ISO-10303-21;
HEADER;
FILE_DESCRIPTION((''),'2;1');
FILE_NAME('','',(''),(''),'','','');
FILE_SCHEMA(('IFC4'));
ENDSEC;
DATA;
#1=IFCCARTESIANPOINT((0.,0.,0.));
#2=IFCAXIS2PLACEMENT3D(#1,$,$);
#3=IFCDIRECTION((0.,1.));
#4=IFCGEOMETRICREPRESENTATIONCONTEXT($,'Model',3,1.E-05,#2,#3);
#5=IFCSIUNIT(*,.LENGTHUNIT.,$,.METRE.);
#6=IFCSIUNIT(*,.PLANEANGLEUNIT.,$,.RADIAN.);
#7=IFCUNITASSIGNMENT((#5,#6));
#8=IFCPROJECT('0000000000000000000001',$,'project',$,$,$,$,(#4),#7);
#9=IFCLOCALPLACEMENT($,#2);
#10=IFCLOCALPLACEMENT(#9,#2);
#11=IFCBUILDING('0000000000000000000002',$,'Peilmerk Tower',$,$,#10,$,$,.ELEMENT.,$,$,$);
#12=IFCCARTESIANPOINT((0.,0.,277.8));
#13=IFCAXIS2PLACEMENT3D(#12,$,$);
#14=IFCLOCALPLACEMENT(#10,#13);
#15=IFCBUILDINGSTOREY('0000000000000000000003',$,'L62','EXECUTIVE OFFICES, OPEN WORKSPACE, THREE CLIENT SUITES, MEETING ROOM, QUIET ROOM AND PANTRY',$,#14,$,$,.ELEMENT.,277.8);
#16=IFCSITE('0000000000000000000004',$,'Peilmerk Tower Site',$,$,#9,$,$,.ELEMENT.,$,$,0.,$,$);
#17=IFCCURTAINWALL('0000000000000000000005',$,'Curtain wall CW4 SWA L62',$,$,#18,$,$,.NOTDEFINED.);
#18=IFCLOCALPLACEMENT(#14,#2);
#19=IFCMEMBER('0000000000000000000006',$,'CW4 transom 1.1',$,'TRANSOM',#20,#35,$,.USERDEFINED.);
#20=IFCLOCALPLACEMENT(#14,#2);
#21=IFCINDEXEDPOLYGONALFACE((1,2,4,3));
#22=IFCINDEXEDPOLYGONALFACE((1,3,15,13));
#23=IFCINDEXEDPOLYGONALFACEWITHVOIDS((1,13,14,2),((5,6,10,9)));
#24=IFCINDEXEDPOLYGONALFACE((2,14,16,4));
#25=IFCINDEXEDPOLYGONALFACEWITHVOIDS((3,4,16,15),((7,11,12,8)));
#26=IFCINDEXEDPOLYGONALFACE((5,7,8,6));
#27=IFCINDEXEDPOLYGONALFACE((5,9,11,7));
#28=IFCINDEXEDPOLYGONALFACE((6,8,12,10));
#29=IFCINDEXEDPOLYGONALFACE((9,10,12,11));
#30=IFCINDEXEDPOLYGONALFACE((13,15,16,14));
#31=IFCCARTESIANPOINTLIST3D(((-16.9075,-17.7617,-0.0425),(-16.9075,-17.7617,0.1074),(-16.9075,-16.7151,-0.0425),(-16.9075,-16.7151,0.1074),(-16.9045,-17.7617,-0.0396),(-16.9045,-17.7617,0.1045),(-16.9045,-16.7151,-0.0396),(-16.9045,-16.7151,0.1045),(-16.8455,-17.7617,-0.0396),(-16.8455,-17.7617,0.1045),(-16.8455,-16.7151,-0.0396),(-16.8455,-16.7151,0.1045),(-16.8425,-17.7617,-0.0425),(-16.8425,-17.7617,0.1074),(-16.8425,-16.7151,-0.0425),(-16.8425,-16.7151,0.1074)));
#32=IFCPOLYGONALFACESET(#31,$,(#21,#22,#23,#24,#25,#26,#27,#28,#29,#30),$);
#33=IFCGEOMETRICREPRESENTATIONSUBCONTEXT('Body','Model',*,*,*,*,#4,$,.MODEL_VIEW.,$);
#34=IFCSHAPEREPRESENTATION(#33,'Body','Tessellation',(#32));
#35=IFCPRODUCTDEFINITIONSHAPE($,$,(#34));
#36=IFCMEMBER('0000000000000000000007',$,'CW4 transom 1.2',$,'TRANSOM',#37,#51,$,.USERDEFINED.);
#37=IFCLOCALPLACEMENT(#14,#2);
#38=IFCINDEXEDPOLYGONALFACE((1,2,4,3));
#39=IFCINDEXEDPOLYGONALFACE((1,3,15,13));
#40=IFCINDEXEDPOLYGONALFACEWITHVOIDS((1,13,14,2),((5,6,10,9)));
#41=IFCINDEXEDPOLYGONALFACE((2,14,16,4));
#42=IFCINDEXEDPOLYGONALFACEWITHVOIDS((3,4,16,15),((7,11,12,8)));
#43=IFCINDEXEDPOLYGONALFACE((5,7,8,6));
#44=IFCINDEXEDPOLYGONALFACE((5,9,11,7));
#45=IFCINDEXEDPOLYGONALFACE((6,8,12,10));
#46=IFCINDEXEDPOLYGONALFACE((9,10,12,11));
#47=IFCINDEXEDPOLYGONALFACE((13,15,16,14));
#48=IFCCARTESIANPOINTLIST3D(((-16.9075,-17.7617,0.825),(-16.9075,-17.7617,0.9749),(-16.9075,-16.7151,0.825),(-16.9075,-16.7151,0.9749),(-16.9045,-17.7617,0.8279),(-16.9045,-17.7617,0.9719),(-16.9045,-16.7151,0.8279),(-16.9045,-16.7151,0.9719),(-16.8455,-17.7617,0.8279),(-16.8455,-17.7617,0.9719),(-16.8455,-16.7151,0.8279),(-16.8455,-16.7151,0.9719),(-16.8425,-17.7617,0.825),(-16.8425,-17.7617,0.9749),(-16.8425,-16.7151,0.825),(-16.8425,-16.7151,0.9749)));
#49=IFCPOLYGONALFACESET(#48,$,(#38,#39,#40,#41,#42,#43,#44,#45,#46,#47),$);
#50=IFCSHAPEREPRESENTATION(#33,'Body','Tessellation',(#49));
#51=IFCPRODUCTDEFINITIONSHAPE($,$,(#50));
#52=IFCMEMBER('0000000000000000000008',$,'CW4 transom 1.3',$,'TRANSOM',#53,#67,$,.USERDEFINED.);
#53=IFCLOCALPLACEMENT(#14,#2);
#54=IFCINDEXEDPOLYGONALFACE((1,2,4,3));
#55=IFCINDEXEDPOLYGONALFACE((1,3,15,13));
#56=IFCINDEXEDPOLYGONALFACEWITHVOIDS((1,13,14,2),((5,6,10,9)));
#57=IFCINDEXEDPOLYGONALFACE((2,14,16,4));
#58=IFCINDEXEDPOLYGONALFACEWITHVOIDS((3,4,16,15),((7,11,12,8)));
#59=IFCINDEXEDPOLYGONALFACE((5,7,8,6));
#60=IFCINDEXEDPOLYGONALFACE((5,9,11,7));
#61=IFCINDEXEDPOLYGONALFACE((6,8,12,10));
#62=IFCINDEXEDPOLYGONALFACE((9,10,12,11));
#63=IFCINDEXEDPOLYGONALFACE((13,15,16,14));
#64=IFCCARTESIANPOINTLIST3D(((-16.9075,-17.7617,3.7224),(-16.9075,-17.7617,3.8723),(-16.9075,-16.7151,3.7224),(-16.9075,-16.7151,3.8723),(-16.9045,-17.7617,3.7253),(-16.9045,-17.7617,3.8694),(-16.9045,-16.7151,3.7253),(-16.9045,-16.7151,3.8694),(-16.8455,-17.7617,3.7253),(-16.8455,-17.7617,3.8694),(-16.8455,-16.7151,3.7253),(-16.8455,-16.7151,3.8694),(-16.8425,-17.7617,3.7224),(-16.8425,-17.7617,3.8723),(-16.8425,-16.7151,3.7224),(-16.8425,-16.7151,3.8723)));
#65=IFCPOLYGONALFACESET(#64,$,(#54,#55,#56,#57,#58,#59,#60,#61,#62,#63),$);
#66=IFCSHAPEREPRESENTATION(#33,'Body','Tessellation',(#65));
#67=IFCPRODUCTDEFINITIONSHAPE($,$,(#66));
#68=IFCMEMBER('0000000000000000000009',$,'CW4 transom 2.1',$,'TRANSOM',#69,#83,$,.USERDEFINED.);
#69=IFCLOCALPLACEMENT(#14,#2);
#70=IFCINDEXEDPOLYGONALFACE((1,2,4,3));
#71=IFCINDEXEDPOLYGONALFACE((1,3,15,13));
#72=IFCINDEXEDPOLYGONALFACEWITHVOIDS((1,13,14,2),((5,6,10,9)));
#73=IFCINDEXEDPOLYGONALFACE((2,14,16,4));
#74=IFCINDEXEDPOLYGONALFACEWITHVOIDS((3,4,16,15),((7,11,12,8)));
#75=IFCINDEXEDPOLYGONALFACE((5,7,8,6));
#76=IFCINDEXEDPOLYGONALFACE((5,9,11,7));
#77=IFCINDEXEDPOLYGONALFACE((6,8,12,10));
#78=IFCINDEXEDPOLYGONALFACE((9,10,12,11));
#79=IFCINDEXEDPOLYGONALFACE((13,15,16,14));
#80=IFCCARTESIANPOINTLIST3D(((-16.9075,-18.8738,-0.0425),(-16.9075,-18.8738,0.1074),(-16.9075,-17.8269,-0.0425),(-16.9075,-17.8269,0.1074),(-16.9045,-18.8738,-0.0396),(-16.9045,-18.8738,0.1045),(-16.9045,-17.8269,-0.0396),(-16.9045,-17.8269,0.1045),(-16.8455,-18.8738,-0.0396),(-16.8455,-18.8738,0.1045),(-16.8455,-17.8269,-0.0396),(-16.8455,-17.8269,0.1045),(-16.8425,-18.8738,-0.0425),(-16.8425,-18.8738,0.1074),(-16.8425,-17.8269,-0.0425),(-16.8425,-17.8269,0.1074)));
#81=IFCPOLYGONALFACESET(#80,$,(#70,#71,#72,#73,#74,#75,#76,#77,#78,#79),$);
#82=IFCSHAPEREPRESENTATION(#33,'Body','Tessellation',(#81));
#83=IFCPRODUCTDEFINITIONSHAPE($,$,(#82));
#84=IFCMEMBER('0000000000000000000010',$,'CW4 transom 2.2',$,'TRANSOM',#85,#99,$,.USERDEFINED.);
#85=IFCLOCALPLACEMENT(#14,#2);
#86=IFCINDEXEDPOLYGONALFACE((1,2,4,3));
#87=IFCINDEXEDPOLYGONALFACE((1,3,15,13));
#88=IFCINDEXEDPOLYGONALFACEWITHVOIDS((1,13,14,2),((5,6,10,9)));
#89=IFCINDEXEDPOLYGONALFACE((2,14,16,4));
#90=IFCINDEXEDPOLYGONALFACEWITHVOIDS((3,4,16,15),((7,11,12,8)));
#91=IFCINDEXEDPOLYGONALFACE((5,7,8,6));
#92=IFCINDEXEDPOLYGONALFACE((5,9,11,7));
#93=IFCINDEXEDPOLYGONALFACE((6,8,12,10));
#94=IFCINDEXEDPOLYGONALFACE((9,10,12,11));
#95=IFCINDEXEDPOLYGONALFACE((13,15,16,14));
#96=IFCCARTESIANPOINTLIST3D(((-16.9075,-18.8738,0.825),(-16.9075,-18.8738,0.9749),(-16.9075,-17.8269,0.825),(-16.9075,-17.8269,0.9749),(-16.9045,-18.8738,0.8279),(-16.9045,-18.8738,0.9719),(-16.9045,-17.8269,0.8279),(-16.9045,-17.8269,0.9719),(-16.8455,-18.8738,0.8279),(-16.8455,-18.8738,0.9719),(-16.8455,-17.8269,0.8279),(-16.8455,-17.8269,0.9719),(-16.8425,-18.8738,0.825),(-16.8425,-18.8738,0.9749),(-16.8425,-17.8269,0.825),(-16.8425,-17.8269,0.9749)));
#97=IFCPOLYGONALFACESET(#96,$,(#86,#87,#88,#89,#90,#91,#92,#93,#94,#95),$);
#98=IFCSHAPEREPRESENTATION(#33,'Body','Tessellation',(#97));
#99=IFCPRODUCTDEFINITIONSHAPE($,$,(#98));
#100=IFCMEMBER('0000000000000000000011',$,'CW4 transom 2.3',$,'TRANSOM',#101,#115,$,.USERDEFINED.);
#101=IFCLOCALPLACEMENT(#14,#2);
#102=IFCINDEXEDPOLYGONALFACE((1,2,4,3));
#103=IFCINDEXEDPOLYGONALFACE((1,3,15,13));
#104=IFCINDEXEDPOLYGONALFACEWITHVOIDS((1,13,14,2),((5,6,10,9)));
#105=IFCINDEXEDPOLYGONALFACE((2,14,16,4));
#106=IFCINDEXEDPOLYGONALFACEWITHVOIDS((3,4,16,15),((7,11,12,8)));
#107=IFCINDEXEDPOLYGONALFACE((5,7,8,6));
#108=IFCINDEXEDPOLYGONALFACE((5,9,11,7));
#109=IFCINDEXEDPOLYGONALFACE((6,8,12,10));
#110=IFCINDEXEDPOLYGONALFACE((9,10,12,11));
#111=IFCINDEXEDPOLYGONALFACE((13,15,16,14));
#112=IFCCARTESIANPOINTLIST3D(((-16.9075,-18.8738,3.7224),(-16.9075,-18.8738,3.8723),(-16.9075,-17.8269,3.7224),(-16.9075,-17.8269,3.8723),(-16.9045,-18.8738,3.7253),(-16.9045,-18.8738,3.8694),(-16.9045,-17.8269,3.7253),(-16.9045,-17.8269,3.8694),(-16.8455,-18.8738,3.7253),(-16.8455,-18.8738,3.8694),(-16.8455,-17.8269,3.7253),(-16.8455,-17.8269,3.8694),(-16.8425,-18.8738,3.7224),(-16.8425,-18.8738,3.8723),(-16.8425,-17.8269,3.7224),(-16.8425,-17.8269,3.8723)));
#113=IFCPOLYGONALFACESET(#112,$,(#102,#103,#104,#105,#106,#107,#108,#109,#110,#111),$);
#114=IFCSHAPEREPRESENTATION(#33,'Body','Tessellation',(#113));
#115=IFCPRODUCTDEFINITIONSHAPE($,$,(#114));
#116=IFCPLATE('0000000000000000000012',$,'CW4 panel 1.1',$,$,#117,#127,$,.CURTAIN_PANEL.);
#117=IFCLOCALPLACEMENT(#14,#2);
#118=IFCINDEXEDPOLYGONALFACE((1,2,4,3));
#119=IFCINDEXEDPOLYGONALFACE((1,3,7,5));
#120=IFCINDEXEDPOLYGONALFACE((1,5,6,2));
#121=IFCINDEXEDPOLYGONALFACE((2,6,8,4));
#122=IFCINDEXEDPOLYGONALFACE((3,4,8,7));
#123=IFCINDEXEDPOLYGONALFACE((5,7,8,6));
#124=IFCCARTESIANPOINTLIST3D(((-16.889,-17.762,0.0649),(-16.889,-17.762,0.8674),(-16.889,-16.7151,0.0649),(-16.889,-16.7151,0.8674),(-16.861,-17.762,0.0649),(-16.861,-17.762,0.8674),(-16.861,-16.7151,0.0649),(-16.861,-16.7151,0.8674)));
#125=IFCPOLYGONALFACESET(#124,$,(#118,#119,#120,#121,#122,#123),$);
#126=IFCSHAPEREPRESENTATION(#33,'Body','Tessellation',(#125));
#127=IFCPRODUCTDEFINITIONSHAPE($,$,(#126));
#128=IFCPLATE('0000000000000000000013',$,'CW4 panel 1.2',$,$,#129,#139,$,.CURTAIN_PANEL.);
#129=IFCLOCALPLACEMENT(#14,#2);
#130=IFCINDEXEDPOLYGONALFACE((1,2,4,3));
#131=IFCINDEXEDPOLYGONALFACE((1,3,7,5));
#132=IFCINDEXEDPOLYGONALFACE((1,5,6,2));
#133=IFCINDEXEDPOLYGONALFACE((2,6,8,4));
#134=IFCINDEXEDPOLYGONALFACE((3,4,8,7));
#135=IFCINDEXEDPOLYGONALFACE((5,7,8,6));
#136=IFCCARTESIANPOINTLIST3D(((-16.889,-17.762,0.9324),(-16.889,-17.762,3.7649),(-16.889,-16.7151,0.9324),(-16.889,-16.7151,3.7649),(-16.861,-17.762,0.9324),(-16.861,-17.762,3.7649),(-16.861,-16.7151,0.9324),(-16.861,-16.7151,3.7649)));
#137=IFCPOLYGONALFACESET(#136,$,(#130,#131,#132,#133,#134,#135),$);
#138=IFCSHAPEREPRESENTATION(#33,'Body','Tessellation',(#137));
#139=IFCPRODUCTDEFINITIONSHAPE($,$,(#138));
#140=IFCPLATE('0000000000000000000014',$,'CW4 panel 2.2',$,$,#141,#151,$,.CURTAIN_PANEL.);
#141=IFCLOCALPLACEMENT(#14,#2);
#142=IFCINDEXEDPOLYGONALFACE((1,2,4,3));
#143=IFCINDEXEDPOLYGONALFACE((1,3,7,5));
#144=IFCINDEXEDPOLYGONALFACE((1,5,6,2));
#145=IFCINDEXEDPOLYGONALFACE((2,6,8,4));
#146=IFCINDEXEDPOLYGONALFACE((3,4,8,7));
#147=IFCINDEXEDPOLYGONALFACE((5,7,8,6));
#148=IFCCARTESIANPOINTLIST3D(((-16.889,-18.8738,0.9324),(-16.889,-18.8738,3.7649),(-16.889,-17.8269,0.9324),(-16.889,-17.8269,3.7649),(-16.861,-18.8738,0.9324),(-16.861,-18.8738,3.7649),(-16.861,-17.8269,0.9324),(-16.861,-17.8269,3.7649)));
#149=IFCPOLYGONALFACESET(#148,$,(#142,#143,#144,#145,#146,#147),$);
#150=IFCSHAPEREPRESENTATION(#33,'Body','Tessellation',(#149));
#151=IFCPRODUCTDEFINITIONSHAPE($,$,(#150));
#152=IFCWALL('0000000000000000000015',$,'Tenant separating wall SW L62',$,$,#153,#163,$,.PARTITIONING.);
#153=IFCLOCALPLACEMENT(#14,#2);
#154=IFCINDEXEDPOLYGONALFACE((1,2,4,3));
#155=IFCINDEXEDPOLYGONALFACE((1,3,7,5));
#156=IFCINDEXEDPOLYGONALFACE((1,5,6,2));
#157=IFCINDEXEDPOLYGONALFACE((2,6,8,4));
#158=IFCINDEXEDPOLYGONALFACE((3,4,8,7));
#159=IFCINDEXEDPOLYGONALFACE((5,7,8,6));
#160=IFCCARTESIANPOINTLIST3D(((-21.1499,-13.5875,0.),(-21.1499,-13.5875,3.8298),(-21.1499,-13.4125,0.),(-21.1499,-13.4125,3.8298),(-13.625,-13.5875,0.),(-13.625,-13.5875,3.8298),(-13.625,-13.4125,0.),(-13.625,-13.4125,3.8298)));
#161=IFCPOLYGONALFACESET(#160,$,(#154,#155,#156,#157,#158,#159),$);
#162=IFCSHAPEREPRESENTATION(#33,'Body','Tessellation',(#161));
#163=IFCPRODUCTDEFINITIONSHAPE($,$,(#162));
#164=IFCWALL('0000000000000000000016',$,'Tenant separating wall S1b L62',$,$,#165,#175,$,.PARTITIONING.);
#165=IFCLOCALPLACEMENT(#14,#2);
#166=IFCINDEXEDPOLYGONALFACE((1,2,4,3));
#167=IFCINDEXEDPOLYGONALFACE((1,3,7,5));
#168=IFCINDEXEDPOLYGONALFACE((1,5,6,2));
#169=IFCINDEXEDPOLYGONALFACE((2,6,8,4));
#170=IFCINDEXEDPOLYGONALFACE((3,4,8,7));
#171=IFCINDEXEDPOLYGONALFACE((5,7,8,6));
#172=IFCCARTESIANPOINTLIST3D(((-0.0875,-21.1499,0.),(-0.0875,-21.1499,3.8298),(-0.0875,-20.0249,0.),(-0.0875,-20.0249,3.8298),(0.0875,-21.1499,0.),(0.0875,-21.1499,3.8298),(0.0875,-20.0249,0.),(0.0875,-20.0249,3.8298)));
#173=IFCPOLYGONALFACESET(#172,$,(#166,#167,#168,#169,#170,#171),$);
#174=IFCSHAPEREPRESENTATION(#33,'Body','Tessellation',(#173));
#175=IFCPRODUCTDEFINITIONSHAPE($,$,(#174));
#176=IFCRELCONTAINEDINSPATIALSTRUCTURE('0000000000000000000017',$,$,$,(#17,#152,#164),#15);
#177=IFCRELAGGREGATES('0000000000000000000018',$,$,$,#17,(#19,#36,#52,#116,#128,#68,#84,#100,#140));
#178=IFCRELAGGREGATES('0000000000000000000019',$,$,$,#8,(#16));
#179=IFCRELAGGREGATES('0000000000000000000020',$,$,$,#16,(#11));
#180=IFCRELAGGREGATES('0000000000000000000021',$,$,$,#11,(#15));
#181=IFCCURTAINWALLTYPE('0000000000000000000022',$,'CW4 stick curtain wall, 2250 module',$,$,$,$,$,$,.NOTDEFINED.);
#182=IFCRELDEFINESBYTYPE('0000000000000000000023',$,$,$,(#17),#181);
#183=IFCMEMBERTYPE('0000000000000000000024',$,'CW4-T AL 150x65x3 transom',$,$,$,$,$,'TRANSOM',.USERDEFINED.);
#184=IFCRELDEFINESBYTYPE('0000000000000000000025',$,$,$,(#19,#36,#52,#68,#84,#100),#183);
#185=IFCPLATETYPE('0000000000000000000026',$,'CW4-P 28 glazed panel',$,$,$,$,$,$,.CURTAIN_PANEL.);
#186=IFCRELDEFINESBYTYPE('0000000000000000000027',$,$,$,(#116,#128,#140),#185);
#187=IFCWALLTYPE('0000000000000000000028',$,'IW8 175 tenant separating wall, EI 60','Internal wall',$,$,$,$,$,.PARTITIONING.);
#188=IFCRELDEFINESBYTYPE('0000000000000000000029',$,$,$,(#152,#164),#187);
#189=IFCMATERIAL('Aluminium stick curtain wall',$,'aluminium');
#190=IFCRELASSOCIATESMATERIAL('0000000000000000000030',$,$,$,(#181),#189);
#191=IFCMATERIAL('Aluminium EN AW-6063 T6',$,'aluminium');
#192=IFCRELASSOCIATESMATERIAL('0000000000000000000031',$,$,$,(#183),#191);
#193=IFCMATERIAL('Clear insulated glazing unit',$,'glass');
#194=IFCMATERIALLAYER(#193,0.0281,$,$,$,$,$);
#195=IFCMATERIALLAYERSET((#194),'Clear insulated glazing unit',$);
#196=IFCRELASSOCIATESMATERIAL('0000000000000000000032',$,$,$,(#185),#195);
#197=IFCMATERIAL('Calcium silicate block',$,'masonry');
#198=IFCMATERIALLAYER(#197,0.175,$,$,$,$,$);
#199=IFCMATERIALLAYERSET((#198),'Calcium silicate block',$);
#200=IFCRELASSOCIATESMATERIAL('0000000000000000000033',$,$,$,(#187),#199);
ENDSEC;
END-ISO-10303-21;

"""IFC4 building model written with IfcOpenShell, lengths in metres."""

from ifc_helpers import new_model, si_unit, direction, frame, frame_2d, origin, origin_2d, place, context, subcontext, project, spatial, rectangle, hollow_rectangle, extrude, material, layer, layer_set, material_profile, profile_set, type_object, element, aggregate, save


model = new_model("IFC4")

# Units and contexts
model_context = context("Model", 3, precision=1e-05, world=origin(), true_north=direction((0.0, 1.0)))
body_context = subcontext(model_context, "Body", "Model", "MODEL_VIEW")
ifc_project = project(units=[si_unit("LENGTHUNIT", "METRE"), si_unit("PLANEANGLEUNIT", "RADIAN")], contexts=[model_context])

# Site, building, storey
site_placement = place(None, origin())
site = spatial("IfcSite", under=ifc_project, at=site_placement, Name="Peilmerk Tower Site", CompositionType="ELEMENT", RefElevation=0.0)
building_placement = place(site_placement, origin())
building = spatial("IfcBuilding", under=site, at=building_placement, Name="Peilmerk Tower", CompositionType="ELEMENT")
storey_placement = place(building_placement, frame((0.0, 0.0, 277.8)))
storey = spatial("IfcBuildingStorey", under=building, at=storey_placement, Name="L62", Description="EXECUTIVE OFFICES, OPEN WORKSPACE, THREE CLIENT SUITES, MEETING ROOM, QUIET ROOM AND PANTRY", CompositionType="ELEMENT", Elevation=277.8)

# Curtain wall, members, plates
ifc_material_1 = material(Name="Aluminium stick curtain wall", Category="aluminium")
curtain_wall_type = type_object("IfcCurtainWallType", Name="CW4 stick curtain wall, 2250 module", PredefinedType="NOTDEFINED", material=ifc_material_1)
curtain_wall_placement = place(storey_placement, origin())
curtain_wall = element("IfcCurtainWall", 1, at=curtain_wall_placement, inside=storey, type_object=curtain_wall_type, Name="Curtain wall CW4 SWA L62", PredefinedType="NOTDEFINED")
ifc_material_2 = material(Name="Aluminium EN AW-6063 T6", Category="aluminium")
ifc_material_profile_1 = material_profile(ifc_material_2, hollow_rectangle(XDim=0.0649, YDim=0.1499, WallThickness=0.0029, at=origin_2d()), Name="AL 150x65x3")
ifc_profile_set_1 = profile_set([ifc_material_profile_1], Name="Aluminium EN AW-6063 T6")
member_type_1 = type_object("IfcMemberType", Name="CW4-T AL 150x65x3 transom", ElementType="TRANSOM", PredefinedType="USERDEFINED", material=ifc_profile_set_1)
member_1_placement = place(storey_placement, frame((-16.875, -16.7151, 0.0325), z_axis=(0.0, -1.0, 0.0), x_axis=(1.0, 0.0, 0.0)))
member_1 = element("IfcMember", 2, at=member_1_placement, type_object=member_type_1, Name="CW4 transom 1.1", ObjectType="TRANSOM", PredefinedType="USERDEFINED", context=body_context, shape_type="SweptSolid", body=[
    extrude(hollow_rectangle(XDim=0.0649, YDim=0.1499, WallThickness=0.0029, at=origin_2d()), origin(), (0.0, 0.0, 1.0), 1.0466),
])
member_2_placement = place(storey_placement, frame((-16.875, -16.7151, 0.8999), z_axis=(0.0, -1.0, 0.0), x_axis=(1.0, 0.0, 0.0)))
member_2 = element("IfcMember", 3, at=member_2_placement, type_object=member_type_1, Name="CW4 transom 1.2", ObjectType="TRANSOM", PredefinedType="USERDEFINED", context=body_context, shape_type="SweptSolid", body=[
    extrude(hollow_rectangle(XDim=0.0649, YDim=0.1499, WallThickness=0.0029, at=origin_2d()), origin(), (0.0, 0.0, 1.0), 1.0466),
])
member_3_placement = place(storey_placement, frame((-16.875, -16.7151, 3.7974), z_axis=(0.0, -1.0, 0.0), x_axis=(1.0, 0.0, 0.0)))
member_3 = element("IfcMember", 4, at=member_3_placement, type_object=member_type_1, Name="CW4 transom 1.3", ObjectType="TRANSOM", PredefinedType="USERDEFINED", context=body_context, shape_type="SweptSolid", body=[
    extrude(hollow_rectangle(XDim=0.0649, YDim=0.1499, WallThickness=0.0029, at=origin_2d()), origin(), (0.0, 0.0, 1.0), 1.0466),
])
member_4_placement = place(storey_placement, frame((-16.875, -17.8269, 0.0325), z_axis=(0.0, -1.0, 0.0), x_axis=(1.0, 0.0, 0.0)))
member_4 = element("IfcMember", 5, at=member_4_placement, type_object=member_type_1, Name="CW4 transom 2.1", ObjectType="TRANSOM", PredefinedType="USERDEFINED", context=body_context, shape_type="SweptSolid", body=[
    extrude(hollow_rectangle(XDim=0.0649, YDim=0.1499, WallThickness=0.0029, at=origin_2d()), origin(), (0.0, 0.0, 1.0), 1.0469),
])
member_5_placement = place(storey_placement, frame((-16.875, -17.8269, 0.8999), z_axis=(0.0, -1.0, 0.0), x_axis=(1.0, 0.0, 0.0)))
member_5 = element("IfcMember", 6, at=member_5_placement, type_object=member_type_1, Name="CW4 transom 2.2", ObjectType="TRANSOM", PredefinedType="USERDEFINED", context=body_context, shape_type="SweptSolid", body=[
    extrude(hollow_rectangle(XDim=0.0649, YDim=0.1499, WallThickness=0.0029, at=origin_2d()), origin(), (0.0, 0.0, 1.0), 1.0469),
])
member_6_placement = place(storey_placement, frame((-16.875, -17.8269, 3.7974), z_axis=(0.0, -1.0, 0.0), x_axis=(1.0, 0.0, 0.0)))
member_6 = element("IfcMember", 7, at=member_6_placement, type_object=member_type_1, Name="CW4 transom 2.3", ObjectType="TRANSOM", PredefinedType="USERDEFINED", context=body_context, shape_type="SweptSolid", body=[
    extrude(hollow_rectangle(XDim=0.0649, YDim=0.1499, WallThickness=0.0029, at=origin_2d()), origin(), (0.0, 0.0, 1.0), 1.0469),
])
ifc_material_3 = material(Name="Clear insulated glazing unit", Category="glass")
ifc_layer_1 = layer(ifc_material_3, 0.0281)
ifc_layer_set_1 = layer_set([ifc_layer_1], Name="Clear insulated glazing unit")
plate_type = type_object("IfcPlateType", Name="CW4-P 28 glazed panel", PredefinedType="CURTAIN_PANEL", material=ifc_layer_set_1)
plate_1_placement = place(storey_placement, frame((-16.875, -17.2385, 0.0649), z_axis=(0.0, 0.0, 1.0), x_axis=(0.0, -1.0, 0.0)))
plate_1 = element("IfcPlate", 8, at=plate_1_placement, type_object=plate_type, Name="CW4 panel 1.1", PredefinedType="CURTAIN_PANEL", context=body_context, shape_type="SweptSolid", body=[
    extrude(rectangle(XDim=1.0469, YDim=0.0281, at=origin_2d()), origin(), (0.0, 0.0, 1.0), 0.8025),
])
plate_2_placement = place(storey_placement, frame((-16.875, -17.2385, 0.9324), z_axis=(0.0, 0.0, 1.0), x_axis=(0.0, -1.0, 0.0)))
plate_2 = element("IfcPlate", 9, at=plate_2_placement, type_object=plate_type, Name="CW4 panel 1.2", PredefinedType="CURTAIN_PANEL", context=body_context, shape_type="SweptSolid", body=[
    extrude(rectangle(XDim=1.0469, YDim=0.0281, at=origin_2d()), origin(), (0.0, 0.0, 1.0), 2.8325),
])
plate_3_placement = place(storey_placement, frame((-16.875, -18.3503, 0.9324), z_axis=(0.0, 0.0, 1.0), x_axis=(0.0, -1.0, 0.0)))
plate_3 = element("IfcPlate", 10, at=plate_3_placement, type_object=plate_type, Name="CW4 panel 2.2", PredefinedType="CURTAIN_PANEL", context=body_context, shape_type="SweptSolid", body=[
    extrude(rectangle(XDim=1.0469, YDim=0.0281, at=origin_2d()), origin(), (0.0, 0.0, 1.0), 2.8325),
])
aggregate(curtain_wall, [member_1, member_2, member_3, plate_1, plate_2, member_4, member_5, member_6, plate_3])

# Walls
ifc_material_4 = material(Name="Calcium silicate block", Category="masonry")
ifc_layer_2 = layer(ifc_material_4, 0.175)
ifc_layer_set_2 = layer_set([ifc_layer_2], Name="Calcium silicate block")
wall_type = type_object("IfcWallType", Name="IW8 175 tenant separating wall, EI 60", Description="Internal wall", PredefinedType="PARTITIONING", material=ifc_layer_set_2)
wall_1_placement = place(storey_placement, frame((-13.625, -13.5, 0.0), z_axis=(0.0, 0.0, 1.0), x_axis=(-1.0, 0.0, 0.0)))
element("IfcWall", 11, at=wall_1_placement, inside=storey, type_object=wall_type, Name="Tenant separating wall SW L62", PredefinedType="PARTITIONING", context=body_context, shape_type="SweptSolid", body=[
    extrude(rectangle(XDim=7.5249, YDim=0.175, at=frame_2d((3.7625, 0.0))), origin(), (0.0, 0.0, 1.0), 3.8298),
])
wall_2_placement = place(storey_placement, frame((0.0, -20.0249, 0.0), z_axis=(0.0, 0.0, 1.0), x_axis=(0.0, -1.0, 0.0)))
element("IfcWall", 12, at=wall_2_placement, inside=storey, type_object=wall_type, Name="Tenant separating wall S1b L62", PredefinedType="PARTITIONING", context=body_context, shape_type="SweptSolid", body=[
    extrude(rectangle(XDim=1.125, YDim=0.175, at=frame_2d((0.5625, 0.0))), origin(), (0.0, 0.0, 1.0), 3.8298),
])

save(model, "model.ifc")
